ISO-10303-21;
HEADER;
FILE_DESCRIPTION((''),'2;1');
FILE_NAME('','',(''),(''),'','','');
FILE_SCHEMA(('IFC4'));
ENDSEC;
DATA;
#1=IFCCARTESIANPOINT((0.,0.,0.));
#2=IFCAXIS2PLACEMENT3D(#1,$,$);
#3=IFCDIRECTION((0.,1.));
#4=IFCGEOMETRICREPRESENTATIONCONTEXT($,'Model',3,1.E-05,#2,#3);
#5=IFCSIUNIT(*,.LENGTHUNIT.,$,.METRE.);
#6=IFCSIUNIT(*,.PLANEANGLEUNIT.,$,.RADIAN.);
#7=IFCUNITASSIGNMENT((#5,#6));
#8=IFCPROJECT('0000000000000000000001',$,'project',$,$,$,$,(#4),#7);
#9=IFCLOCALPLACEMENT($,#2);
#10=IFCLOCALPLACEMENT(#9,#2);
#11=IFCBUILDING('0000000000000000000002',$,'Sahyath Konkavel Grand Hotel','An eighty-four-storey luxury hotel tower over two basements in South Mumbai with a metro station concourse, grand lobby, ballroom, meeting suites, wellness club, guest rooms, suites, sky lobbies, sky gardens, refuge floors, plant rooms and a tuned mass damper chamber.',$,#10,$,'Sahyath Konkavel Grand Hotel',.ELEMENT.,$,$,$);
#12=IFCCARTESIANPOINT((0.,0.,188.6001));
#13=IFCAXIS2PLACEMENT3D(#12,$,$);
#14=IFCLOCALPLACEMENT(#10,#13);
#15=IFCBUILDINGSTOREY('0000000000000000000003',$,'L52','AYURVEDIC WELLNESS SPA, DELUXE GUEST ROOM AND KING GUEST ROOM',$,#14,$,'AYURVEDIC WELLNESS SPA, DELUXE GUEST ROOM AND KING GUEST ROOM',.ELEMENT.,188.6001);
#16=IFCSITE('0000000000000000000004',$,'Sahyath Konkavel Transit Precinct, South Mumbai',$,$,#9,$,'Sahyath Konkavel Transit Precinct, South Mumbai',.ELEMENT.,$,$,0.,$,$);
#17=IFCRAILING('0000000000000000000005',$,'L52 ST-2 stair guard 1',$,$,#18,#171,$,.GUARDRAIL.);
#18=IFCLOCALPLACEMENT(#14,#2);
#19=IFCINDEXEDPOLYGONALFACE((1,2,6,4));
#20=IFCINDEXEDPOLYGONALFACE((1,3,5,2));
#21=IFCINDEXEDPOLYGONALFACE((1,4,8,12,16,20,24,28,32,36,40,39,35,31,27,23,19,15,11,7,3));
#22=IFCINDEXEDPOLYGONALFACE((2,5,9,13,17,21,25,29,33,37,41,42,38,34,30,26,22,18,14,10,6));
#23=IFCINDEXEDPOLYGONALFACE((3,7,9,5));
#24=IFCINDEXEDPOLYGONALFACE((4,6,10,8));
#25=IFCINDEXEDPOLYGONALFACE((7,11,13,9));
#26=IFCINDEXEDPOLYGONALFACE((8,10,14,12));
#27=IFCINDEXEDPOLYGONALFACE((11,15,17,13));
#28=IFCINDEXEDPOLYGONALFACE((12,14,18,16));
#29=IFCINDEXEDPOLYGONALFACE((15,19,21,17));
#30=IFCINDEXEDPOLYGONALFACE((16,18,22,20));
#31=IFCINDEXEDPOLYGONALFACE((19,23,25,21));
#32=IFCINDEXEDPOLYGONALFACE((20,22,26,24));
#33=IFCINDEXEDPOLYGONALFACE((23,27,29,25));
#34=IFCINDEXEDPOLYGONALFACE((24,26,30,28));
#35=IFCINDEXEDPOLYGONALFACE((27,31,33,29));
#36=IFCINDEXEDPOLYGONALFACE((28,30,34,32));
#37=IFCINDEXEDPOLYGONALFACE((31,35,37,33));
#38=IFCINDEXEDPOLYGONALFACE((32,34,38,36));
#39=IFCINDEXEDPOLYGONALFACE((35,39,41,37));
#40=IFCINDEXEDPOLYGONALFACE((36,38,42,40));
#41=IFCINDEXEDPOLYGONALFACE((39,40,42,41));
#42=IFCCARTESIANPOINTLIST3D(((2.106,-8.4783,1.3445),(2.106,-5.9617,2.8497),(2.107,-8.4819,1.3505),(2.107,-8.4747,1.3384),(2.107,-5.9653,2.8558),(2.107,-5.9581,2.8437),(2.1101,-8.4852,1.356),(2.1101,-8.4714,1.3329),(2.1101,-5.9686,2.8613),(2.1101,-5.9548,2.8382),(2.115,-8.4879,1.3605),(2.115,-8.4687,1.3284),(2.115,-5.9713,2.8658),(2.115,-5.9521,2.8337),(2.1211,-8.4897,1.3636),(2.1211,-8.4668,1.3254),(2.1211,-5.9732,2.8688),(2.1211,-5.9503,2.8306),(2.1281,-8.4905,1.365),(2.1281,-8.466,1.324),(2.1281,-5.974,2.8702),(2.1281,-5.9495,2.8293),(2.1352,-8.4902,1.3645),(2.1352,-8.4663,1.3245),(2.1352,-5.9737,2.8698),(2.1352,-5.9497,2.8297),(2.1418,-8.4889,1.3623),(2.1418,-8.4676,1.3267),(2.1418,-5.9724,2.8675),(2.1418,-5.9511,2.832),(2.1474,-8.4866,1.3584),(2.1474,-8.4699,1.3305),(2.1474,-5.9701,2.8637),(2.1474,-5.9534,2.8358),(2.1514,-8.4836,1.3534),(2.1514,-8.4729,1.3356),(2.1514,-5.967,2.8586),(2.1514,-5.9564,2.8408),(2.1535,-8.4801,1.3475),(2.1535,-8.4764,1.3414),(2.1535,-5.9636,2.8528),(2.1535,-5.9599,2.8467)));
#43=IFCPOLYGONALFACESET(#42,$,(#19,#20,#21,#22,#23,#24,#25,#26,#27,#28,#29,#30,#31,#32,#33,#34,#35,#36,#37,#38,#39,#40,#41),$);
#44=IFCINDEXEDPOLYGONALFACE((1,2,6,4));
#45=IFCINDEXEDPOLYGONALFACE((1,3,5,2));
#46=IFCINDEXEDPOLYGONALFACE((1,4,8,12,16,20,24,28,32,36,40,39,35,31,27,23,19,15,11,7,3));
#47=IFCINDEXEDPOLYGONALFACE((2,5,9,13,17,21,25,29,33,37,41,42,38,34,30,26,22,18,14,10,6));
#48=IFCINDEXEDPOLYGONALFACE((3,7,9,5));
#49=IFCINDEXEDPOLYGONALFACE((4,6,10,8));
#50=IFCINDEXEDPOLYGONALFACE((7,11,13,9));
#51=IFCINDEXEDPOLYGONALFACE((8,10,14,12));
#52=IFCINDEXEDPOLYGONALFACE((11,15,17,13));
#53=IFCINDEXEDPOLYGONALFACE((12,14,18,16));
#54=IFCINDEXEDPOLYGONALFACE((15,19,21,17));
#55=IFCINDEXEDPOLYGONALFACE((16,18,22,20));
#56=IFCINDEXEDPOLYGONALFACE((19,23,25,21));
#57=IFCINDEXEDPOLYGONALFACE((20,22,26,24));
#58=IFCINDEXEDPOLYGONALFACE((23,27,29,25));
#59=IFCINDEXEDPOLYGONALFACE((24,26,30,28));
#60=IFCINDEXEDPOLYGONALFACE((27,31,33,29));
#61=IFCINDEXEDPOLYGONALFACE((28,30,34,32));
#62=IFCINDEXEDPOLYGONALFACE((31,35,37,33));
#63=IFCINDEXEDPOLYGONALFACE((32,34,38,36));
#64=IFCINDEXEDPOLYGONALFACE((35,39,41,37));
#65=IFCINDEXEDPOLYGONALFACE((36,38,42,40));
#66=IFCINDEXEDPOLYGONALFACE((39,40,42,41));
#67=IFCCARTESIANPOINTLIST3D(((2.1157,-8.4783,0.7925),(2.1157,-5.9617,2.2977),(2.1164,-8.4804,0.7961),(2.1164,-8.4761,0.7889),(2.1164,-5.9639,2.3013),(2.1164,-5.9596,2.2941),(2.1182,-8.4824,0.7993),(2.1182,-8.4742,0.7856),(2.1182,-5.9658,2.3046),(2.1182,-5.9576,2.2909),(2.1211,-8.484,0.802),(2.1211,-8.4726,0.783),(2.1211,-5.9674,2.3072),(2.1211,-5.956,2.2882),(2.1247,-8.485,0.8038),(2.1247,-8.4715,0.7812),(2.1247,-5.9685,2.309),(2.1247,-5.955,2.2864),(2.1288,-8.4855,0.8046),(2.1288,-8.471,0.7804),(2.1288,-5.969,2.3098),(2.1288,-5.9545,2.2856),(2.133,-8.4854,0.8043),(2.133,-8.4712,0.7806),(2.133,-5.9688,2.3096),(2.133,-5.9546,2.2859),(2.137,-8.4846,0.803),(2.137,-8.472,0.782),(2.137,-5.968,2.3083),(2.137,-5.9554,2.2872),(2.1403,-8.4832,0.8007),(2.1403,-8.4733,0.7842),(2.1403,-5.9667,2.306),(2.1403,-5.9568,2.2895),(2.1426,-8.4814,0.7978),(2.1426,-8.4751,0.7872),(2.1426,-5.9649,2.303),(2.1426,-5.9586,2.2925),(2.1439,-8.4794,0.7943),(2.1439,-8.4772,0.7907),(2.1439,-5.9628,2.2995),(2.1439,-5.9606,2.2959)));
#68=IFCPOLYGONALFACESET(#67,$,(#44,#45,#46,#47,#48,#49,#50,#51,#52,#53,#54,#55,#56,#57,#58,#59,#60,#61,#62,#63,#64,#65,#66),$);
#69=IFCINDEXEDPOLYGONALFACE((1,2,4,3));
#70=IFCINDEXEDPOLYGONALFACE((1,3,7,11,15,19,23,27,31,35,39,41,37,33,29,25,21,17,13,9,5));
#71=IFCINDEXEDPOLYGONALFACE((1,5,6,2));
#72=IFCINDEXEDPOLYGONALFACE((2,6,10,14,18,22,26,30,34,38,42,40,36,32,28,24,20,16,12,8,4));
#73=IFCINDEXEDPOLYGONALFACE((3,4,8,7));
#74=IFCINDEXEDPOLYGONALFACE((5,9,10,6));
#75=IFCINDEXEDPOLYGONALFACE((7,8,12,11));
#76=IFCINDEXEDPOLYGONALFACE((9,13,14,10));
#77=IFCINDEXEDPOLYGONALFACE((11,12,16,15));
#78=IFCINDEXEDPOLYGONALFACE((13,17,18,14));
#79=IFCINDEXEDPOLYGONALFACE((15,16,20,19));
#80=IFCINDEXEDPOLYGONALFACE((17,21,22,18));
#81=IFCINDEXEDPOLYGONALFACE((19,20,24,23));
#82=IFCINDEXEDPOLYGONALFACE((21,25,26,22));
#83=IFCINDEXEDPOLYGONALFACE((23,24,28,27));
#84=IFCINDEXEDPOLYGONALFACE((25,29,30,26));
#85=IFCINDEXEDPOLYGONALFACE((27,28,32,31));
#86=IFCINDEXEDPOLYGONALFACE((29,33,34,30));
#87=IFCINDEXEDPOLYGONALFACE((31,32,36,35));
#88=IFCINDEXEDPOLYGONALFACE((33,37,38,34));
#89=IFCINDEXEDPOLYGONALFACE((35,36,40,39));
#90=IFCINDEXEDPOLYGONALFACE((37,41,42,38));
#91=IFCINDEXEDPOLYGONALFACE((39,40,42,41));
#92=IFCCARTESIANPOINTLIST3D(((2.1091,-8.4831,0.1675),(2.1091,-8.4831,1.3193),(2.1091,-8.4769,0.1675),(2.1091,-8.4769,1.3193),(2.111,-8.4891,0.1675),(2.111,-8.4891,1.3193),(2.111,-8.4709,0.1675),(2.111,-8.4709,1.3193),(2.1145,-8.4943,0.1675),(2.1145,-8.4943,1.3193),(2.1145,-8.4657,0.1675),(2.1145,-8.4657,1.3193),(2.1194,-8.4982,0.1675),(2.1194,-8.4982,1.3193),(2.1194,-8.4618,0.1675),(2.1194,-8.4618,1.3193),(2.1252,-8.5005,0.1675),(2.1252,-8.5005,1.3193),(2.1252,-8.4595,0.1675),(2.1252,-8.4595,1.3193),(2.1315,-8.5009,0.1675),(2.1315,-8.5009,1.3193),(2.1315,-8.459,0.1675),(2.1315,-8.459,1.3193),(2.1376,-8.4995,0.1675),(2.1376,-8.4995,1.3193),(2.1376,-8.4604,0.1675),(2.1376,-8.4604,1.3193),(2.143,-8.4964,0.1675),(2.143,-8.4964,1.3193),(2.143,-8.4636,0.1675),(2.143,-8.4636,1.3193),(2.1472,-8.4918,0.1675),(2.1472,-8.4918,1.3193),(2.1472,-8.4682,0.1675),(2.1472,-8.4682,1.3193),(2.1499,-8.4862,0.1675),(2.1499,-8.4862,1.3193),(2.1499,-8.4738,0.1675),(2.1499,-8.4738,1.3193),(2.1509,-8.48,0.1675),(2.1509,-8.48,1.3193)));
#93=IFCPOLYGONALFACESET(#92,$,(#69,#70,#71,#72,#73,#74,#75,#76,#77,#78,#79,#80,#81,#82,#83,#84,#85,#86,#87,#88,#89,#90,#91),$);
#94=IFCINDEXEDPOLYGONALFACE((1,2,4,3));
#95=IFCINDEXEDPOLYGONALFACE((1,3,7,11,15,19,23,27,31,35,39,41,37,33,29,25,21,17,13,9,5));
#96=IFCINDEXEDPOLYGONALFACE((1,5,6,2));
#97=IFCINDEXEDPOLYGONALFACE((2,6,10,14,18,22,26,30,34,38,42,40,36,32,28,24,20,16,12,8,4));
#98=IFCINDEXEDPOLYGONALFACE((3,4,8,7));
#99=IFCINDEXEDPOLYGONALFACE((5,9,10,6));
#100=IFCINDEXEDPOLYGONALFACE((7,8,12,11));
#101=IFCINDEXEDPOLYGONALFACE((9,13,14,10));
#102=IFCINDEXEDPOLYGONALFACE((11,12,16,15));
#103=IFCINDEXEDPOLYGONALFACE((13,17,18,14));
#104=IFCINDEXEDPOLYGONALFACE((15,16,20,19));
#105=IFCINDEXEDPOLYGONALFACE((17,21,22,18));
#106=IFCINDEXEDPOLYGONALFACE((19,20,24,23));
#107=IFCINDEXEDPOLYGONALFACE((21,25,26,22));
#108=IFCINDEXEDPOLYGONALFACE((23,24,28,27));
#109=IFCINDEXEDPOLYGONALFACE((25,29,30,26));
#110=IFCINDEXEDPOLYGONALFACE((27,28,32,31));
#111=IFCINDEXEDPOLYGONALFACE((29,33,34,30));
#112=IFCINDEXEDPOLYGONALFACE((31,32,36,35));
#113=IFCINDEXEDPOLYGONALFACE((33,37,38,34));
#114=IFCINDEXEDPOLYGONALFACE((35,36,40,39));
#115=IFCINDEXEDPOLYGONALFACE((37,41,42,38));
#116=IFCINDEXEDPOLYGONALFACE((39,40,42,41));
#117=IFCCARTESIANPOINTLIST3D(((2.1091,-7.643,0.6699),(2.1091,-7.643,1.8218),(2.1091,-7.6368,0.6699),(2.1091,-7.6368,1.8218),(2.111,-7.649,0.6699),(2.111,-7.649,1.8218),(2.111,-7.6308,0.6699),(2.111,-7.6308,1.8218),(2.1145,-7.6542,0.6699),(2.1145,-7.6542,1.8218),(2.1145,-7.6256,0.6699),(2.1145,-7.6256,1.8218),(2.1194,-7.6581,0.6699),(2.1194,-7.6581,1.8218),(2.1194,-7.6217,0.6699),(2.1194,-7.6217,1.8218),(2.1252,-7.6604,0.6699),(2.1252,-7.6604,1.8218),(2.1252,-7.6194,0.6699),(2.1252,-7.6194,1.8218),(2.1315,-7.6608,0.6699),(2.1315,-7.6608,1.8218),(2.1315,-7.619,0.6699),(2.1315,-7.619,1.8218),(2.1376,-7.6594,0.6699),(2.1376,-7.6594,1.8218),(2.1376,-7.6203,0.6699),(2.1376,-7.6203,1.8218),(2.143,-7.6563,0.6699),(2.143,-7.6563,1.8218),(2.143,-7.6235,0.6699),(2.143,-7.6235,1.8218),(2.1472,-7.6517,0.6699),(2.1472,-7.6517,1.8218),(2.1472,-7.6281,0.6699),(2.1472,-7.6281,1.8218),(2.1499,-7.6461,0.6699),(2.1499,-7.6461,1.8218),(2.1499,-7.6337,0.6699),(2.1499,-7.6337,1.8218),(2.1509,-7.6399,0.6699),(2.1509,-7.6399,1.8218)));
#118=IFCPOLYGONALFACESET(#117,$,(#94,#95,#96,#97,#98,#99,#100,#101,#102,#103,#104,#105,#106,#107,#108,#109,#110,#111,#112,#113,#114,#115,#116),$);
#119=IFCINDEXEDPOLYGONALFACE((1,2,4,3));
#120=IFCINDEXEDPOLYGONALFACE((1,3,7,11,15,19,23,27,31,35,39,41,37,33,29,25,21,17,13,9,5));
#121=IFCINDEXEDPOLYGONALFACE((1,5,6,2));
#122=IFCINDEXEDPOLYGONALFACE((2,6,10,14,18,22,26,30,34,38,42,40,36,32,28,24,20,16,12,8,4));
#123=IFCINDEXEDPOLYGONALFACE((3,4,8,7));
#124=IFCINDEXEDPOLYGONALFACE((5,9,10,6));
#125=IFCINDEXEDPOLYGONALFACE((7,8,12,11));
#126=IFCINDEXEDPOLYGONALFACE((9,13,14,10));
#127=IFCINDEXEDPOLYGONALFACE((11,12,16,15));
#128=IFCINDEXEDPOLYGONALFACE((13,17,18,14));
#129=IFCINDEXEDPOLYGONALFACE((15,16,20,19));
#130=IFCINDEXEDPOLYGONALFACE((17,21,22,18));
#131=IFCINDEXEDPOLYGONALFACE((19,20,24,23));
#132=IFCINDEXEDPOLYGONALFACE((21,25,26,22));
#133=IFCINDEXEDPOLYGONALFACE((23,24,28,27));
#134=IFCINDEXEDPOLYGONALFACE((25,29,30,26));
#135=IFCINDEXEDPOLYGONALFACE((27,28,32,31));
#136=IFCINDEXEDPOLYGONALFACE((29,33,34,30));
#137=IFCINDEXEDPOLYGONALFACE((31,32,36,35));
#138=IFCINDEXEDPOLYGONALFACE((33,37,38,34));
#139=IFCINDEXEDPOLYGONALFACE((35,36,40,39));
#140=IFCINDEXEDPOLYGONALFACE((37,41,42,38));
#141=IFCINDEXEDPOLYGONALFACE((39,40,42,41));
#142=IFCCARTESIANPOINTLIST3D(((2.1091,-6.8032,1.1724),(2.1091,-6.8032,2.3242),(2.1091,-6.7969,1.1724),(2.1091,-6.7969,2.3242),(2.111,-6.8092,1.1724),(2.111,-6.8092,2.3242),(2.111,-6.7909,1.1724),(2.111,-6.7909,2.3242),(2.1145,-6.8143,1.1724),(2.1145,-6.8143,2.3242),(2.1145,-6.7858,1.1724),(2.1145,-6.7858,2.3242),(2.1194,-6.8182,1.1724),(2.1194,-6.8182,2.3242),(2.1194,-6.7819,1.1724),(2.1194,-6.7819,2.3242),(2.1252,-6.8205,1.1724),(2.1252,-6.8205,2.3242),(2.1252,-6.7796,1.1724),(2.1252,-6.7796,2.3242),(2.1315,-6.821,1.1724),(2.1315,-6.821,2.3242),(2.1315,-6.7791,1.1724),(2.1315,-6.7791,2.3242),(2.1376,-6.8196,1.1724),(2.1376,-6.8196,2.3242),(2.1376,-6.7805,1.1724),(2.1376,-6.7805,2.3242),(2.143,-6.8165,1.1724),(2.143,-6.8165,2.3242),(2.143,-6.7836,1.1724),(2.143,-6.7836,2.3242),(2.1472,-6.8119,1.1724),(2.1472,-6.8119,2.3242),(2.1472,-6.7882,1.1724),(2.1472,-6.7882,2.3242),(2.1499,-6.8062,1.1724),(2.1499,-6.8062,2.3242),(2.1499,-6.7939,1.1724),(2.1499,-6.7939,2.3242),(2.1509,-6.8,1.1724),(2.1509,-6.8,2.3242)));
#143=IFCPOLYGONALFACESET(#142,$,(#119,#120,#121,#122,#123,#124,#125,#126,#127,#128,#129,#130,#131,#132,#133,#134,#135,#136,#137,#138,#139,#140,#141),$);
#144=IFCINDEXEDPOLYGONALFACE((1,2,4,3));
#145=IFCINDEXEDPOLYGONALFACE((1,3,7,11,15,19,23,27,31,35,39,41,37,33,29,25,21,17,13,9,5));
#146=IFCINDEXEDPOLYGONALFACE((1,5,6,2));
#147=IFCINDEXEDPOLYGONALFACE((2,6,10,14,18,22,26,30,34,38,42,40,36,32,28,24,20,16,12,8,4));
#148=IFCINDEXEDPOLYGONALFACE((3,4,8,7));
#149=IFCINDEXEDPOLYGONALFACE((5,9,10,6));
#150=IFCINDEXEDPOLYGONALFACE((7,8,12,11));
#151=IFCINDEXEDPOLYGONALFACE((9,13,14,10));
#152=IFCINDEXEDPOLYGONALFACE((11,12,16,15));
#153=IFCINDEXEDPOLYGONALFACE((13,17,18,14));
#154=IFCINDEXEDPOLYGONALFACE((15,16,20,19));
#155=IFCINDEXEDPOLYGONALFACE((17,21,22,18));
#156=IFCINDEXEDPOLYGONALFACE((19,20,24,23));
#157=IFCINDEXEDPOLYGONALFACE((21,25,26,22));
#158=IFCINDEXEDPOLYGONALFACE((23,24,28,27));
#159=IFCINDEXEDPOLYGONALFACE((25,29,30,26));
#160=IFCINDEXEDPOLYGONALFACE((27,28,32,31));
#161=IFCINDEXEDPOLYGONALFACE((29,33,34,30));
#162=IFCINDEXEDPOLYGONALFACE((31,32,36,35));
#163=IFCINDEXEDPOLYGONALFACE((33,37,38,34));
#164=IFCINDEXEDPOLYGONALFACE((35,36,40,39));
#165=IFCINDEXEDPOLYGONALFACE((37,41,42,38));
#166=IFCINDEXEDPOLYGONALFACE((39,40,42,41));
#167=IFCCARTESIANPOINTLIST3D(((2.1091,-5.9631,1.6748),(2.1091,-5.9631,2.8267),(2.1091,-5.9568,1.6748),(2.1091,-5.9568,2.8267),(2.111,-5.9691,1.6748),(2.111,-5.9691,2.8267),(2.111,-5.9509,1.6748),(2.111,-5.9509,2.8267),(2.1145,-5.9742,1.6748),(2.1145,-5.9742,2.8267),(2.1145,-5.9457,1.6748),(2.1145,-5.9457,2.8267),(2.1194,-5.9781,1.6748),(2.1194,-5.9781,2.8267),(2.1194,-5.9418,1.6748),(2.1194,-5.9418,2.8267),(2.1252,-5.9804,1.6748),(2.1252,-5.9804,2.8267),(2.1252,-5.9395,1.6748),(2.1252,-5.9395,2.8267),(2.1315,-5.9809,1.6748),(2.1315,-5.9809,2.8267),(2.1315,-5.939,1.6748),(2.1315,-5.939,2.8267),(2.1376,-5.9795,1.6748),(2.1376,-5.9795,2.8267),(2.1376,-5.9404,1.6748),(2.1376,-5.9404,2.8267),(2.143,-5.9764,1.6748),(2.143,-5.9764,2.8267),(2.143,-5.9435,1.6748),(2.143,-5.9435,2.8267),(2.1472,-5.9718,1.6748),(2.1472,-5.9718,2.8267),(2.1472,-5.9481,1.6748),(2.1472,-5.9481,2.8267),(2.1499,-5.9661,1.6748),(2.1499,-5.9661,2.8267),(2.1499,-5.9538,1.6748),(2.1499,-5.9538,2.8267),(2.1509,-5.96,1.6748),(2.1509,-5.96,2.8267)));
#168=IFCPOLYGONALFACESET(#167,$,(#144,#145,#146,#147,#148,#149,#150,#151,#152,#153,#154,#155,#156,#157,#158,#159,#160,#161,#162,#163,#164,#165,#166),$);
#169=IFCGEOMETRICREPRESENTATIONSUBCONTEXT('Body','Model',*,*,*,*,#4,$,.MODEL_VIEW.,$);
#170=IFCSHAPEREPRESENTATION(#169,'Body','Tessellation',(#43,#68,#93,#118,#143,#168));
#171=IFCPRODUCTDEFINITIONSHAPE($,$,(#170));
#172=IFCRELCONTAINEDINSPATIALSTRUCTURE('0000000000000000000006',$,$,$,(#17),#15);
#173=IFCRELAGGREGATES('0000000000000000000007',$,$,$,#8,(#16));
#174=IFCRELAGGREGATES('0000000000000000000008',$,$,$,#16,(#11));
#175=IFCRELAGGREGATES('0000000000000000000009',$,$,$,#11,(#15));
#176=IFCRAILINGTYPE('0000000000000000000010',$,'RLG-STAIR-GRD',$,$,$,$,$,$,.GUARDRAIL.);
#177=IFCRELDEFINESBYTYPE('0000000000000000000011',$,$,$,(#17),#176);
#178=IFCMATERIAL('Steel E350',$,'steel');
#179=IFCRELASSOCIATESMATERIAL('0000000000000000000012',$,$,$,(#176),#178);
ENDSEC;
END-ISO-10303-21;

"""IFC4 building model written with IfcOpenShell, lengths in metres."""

from ifc_helpers import new_model, si_unit, direction, frame, origin, origin_2d, place, context, subcontext, project, spatial, circle, extrude, material, type_object, element, save


model = new_model("IFC4")

# Units and contexts
model_context = context("Model", 3, precision=1e-05, world=origin(), true_north=direction((0.0, 1.0)))
body_context = subcontext(model_context, "Body", "Model", "MODEL_VIEW")
ifc_project = project(units=[si_unit("LENGTHUNIT", "METRE"), si_unit("PLANEANGLEUNIT", "RADIAN")], contexts=[model_context])

# Site, building, storey
site_placement = place(None, origin())
site = spatial("IfcSite", under=ifc_project, at=site_placement, Name="Sahyath Konkavel Transit Precinct, South Mumbai", LongName="Sahyath Konkavel Transit Precinct, South Mumbai", CompositionType="ELEMENT", RefElevation=0.0)
building_placement = place(site_placement, origin())
building = spatial("IfcBuilding", under=site, at=building_placement, Name="Sahyath Konkavel Grand Hotel", Description="An eighty-four-storey luxury hotel tower over two basements in South Mumbai with a metro station concourse, grand lobby, ballroom, meeting suites, wellness club, guest rooms, suites, sky lobbies, sky gardens, refuge floors, plant rooms and a tuned mass damper chamber.", LongName="Sahyath Konkavel Grand Hotel", CompositionType="ELEMENT")
storey_placement = place(building_placement, frame((0.0, 0.0, 188.6001)))
storey = spatial("IfcBuildingStorey", under=building, at=storey_placement, Name="L52", Description="AYURVEDIC WELLNESS SPA, DELUXE GUEST ROOM AND KING GUEST ROOM", LongName="AYURVEDIC WELLNESS SPA, DELUXE GUEST ROOM AND KING GUEST ROOM", CompositionType="ELEMENT", Elevation=188.6001)

# Shared definitions
ifc_material_1 = material(Name="Steel E350", Category="steel")

# Railing
railing_type_1 = type_object("IfcRailingType", Name="RLG-STAIR-GRD", PredefinedType="GUARDRAIL", material=ifc_material_1)
railing_1_placement = place(storey_placement, frame((2.1299, -8.48, 0.1675)))
element("IfcRailing", 1, at=railing_1_placement, inside=storey, type_object=railing_type_1, Name="L52 ST-2 stair guard 1", PredefinedType="GUARDRAIL", context=body_context, shape_type="SweptSolid", body=[
    extrude(circle(Radius=0.0239, at=origin_2d()), frame((0.0, 0.0017, 1.177), z_axis=(0.0, 0.858196, 0.513321), x_axis=(-1.0, 0.0, 0.0)), (0.0, 0.0, 1.0), 2.9324),
    extrude(circle(Radius=0.0142, at=origin_2d()), frame((0.0, 0.0017, 0.625), z_axis=(0.0, 0.858196, 0.513321), x_axis=(-1.0, 0.0, 0.0)), (0.0, 0.0, 1.0), 2.9324),
    extrude(circle(Radius=0.021, at=origin_2d()), origin(), (0.0, 0.0, 1.0), 1.1519),
    extrude(circle(Radius=0.021, at=origin_2d()), frame((0.0, 0.8401, 0.5024)), (0.0, 0.0, 1.0), 1.1519),
    extrude(circle(Radius=0.021, at=origin_2d()), frame((0.0, 1.6799, 1.0049)), (0.0, 0.0, 1.0), 1.1519),
    extrude(circle(Radius=0.021, at=origin_2d()), frame((0.0, 2.52, 1.5073)), (0.0, 0.0, 1.0), 1.1519),
])

save(model, "model.ifc")
